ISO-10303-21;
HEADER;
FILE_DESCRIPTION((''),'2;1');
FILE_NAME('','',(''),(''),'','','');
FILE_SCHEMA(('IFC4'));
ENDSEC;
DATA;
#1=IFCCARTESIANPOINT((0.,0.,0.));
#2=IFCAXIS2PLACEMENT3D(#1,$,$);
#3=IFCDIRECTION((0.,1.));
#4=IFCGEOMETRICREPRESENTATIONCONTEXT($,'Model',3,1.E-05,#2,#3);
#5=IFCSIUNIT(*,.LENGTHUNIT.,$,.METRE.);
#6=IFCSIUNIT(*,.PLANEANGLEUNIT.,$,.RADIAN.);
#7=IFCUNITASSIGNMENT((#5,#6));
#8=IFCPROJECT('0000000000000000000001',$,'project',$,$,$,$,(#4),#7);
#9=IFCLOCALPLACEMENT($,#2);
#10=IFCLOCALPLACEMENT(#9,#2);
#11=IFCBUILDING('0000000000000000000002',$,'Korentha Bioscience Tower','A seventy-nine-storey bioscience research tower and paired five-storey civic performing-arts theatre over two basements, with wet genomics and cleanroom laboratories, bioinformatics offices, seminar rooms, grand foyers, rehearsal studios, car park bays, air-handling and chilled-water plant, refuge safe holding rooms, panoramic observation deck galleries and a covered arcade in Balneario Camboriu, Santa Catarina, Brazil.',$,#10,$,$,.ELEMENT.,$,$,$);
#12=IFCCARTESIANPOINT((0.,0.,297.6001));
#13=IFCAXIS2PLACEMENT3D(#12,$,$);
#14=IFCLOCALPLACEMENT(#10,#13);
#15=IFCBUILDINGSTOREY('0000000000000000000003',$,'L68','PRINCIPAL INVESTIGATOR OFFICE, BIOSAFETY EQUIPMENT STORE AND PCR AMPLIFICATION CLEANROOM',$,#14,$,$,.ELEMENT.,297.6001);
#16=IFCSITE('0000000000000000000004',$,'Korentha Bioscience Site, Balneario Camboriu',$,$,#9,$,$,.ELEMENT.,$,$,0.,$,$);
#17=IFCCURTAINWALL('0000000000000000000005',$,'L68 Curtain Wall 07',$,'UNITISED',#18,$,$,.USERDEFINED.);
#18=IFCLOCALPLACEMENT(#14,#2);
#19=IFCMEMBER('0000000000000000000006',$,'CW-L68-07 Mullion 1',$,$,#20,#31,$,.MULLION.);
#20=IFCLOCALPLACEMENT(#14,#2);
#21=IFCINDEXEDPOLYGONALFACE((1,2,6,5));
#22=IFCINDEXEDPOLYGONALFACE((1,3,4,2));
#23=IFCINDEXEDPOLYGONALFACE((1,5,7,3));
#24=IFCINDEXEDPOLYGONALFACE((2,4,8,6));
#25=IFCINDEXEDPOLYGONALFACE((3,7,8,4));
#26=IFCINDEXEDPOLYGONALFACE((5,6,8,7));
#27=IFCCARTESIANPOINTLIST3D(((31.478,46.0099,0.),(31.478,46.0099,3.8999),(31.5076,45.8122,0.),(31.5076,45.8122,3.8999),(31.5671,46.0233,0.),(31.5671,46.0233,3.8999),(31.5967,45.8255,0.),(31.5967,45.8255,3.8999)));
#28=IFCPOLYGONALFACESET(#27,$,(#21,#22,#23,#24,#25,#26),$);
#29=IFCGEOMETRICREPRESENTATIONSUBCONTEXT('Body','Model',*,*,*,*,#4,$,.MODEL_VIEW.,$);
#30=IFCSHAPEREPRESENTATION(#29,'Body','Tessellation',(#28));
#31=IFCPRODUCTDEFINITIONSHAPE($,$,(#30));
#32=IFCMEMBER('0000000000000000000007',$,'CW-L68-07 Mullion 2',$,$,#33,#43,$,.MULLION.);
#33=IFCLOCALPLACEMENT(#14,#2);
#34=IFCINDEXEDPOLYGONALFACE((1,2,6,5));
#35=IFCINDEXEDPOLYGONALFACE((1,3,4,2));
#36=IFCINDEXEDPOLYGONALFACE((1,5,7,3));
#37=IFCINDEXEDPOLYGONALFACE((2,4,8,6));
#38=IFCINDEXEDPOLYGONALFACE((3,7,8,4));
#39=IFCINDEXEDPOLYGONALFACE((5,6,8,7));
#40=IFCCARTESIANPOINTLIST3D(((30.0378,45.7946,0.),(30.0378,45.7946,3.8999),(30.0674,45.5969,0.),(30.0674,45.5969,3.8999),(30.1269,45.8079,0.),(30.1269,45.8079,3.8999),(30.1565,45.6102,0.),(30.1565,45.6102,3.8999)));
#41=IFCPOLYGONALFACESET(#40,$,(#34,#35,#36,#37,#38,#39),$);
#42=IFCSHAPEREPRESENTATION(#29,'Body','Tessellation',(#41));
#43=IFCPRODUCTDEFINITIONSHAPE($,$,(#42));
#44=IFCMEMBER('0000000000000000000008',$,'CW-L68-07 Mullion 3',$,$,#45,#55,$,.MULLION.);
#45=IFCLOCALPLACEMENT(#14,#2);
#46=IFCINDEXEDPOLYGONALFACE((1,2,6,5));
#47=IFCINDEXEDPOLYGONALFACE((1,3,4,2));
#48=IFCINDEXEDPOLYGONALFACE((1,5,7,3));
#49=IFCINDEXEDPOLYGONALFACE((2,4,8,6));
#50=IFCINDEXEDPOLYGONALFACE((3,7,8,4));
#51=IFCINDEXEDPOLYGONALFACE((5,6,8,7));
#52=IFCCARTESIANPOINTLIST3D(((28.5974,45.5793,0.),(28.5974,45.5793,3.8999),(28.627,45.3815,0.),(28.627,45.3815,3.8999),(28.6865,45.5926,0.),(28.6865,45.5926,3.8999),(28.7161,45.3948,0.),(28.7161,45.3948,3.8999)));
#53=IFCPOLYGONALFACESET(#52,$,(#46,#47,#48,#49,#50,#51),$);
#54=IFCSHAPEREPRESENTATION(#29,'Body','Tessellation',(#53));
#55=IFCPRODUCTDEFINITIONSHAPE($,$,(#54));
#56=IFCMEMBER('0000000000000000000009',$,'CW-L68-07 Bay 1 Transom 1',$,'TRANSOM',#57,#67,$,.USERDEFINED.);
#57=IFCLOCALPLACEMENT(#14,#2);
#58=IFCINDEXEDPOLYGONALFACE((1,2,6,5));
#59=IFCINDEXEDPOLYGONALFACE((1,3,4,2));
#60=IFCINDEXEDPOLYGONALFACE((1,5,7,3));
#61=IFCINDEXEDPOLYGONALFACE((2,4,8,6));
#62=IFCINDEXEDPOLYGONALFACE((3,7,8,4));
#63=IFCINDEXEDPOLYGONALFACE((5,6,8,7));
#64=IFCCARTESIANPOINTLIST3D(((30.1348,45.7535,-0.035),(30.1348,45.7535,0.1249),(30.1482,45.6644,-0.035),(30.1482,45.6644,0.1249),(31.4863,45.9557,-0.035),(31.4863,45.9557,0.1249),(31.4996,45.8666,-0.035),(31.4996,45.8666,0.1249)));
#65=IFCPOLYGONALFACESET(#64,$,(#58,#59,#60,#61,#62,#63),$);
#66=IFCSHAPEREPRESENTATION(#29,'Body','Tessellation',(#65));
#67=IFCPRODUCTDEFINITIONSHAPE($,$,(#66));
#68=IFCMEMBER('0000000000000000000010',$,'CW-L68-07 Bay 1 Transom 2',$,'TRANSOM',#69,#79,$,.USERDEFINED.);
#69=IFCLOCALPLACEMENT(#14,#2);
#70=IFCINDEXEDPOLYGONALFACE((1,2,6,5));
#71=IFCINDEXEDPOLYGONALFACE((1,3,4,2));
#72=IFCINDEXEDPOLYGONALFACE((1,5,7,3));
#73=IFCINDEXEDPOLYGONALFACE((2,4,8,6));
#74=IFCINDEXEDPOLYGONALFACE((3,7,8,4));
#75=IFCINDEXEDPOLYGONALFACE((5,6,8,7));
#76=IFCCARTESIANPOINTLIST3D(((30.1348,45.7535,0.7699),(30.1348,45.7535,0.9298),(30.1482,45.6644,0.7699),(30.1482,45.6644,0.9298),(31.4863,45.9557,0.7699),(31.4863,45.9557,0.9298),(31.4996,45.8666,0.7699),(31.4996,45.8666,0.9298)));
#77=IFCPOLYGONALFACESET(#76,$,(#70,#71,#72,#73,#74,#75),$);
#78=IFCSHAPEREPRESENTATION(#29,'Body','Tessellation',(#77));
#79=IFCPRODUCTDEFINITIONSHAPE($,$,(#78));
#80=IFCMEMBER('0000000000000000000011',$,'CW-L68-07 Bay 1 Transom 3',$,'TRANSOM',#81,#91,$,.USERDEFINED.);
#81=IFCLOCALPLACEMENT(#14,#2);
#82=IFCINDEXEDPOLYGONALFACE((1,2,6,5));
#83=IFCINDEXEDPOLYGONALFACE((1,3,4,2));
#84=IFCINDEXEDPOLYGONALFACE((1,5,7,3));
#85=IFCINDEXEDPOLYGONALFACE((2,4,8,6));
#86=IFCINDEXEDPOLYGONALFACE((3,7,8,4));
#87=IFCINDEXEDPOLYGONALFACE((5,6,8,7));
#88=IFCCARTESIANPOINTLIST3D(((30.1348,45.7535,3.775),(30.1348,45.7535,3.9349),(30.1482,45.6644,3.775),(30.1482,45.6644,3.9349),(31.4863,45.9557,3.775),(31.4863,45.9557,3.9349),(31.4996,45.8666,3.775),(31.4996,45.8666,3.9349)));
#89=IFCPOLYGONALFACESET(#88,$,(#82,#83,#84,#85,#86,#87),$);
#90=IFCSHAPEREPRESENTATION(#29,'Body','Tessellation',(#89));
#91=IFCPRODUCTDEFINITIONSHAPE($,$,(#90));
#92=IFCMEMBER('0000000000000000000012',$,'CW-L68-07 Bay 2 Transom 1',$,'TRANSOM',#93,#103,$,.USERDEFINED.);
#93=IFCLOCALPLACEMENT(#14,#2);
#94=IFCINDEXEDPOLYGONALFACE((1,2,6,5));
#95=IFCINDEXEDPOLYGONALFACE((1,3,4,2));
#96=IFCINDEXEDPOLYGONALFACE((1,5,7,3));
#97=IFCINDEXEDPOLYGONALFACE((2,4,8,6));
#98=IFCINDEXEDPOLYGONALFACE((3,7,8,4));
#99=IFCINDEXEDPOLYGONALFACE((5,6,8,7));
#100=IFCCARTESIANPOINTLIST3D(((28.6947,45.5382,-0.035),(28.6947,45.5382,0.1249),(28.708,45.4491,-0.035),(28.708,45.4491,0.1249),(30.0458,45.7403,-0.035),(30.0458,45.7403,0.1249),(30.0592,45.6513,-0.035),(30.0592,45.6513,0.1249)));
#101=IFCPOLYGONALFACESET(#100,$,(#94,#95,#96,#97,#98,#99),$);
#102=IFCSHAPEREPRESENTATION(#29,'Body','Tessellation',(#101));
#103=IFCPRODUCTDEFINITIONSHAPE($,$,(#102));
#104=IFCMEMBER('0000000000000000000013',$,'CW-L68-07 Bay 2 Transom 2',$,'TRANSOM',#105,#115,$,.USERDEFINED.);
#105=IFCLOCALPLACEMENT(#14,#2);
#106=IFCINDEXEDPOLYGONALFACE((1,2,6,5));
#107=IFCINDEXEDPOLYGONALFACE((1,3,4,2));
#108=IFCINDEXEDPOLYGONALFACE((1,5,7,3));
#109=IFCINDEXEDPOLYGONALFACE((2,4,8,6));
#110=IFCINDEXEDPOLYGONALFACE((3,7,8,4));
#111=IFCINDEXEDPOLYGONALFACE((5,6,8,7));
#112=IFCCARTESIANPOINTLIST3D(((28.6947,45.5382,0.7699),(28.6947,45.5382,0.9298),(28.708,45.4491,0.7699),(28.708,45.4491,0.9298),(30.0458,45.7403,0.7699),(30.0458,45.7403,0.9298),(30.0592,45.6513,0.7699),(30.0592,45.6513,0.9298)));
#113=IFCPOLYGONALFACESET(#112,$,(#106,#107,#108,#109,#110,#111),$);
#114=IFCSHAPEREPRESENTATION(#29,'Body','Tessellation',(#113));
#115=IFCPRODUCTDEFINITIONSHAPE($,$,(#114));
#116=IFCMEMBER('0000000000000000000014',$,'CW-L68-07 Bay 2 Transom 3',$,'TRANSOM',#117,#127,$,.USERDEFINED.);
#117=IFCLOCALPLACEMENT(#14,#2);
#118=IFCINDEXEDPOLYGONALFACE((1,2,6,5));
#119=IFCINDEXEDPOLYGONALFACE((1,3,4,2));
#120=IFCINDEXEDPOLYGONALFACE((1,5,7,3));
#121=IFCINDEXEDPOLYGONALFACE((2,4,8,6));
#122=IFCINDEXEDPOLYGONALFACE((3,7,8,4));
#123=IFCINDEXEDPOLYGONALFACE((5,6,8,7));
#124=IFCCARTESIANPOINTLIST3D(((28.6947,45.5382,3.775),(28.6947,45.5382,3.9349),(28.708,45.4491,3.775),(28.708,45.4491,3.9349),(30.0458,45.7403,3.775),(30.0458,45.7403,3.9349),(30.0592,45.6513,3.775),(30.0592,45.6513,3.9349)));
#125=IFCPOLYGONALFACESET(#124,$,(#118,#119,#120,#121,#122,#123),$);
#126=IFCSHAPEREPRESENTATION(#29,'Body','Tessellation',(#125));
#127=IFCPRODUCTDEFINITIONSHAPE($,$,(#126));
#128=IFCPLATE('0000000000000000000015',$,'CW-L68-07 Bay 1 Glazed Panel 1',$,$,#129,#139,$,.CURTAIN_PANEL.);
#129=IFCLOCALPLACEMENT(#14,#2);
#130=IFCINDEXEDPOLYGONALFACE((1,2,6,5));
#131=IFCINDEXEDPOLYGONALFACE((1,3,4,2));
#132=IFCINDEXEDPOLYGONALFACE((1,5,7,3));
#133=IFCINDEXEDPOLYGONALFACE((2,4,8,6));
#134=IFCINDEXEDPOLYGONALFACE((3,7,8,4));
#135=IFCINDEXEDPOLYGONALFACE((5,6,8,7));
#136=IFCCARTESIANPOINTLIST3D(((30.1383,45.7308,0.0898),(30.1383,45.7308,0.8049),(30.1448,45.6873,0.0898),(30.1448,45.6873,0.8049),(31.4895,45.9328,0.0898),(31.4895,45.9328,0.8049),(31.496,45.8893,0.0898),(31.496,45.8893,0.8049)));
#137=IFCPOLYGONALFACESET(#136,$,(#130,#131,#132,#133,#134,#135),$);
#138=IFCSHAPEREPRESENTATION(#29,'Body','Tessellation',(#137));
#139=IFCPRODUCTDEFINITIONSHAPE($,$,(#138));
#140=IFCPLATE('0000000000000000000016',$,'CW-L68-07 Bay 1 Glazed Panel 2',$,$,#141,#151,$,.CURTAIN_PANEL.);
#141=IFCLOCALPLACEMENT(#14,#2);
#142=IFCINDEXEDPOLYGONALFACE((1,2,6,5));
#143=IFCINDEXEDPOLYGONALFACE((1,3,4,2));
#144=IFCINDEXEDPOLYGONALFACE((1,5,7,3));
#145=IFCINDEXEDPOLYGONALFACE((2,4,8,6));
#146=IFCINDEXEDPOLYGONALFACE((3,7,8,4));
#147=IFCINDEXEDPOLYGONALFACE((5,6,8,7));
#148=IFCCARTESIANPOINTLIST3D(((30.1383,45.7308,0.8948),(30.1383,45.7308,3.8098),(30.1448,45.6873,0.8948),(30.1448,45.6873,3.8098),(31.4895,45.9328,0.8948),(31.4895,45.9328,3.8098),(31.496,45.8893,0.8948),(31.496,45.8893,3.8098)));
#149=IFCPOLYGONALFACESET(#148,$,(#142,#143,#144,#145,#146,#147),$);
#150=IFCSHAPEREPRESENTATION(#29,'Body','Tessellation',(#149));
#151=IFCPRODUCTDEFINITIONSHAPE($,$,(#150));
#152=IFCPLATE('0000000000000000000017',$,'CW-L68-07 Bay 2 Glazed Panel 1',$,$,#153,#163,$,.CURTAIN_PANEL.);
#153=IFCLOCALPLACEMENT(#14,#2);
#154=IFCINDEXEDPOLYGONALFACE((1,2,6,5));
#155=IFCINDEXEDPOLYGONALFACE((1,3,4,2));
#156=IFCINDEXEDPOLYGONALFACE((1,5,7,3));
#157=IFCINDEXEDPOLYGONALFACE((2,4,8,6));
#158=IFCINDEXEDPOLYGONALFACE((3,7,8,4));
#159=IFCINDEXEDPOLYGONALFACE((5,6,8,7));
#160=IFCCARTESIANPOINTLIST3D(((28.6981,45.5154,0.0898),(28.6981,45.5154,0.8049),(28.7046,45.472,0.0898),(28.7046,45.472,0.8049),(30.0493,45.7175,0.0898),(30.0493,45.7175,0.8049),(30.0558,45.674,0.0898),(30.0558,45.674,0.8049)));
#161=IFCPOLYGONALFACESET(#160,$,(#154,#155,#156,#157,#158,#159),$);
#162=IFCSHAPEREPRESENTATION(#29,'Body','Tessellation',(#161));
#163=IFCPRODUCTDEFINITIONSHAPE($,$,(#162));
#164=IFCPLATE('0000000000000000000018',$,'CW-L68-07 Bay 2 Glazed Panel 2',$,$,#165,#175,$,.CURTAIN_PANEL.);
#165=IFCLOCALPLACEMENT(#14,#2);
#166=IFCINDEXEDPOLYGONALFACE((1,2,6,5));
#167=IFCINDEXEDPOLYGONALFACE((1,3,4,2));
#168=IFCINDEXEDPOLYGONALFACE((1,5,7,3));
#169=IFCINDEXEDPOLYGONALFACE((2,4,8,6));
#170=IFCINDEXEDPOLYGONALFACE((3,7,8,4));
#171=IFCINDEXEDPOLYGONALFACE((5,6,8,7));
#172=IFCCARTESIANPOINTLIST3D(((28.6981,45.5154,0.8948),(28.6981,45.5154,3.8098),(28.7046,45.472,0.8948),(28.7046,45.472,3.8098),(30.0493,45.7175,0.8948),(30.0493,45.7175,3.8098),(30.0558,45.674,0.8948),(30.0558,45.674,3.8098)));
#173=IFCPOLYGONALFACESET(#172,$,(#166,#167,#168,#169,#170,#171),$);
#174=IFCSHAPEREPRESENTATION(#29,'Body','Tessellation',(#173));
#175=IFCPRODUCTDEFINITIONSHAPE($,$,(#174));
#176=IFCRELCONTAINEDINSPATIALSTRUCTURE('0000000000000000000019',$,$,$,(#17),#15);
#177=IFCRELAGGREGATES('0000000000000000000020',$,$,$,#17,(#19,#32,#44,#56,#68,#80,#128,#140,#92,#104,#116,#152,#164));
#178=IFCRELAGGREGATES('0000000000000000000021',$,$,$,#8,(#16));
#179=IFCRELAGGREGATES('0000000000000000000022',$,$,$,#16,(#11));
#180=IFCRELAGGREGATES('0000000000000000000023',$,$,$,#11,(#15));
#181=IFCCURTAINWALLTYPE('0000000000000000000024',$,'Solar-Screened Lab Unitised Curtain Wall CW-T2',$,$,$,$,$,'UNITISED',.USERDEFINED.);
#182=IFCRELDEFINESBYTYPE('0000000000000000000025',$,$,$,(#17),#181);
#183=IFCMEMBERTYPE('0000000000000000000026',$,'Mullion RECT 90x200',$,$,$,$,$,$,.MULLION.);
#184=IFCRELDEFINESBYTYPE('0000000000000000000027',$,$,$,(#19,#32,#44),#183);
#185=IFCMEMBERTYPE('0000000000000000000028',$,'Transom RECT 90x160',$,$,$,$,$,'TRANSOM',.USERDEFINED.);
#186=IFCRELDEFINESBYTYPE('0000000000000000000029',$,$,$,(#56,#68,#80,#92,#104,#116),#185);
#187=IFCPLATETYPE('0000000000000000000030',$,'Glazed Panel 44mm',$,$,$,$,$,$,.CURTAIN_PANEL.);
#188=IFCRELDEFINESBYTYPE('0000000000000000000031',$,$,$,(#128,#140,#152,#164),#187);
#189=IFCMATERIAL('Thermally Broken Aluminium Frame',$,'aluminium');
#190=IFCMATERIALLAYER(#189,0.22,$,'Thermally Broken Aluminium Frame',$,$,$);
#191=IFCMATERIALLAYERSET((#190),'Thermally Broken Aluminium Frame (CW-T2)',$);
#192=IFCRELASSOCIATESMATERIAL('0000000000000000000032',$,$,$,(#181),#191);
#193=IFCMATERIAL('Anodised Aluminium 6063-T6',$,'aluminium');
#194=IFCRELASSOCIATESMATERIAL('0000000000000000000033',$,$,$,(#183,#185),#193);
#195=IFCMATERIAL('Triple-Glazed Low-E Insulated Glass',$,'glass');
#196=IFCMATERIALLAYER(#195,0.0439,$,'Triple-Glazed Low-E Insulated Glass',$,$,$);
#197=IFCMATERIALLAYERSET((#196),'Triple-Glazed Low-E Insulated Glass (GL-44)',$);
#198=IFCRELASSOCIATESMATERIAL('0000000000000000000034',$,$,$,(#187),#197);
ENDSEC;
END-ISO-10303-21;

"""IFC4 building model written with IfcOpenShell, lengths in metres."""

from ifc_helpers import new_model, si_unit, direction, frame, origin, origin_2d, place, context, subcontext, project, spatial, rectangle, extrude, material, layer, layer_set, material_profile, profile_set, type_object, element, aggregate, save


model = new_model("IFC4")

# Units and contexts
model_context = context("Model", 3, precision=1e-05, world=origin(), true_north=direction((0.0, 1.0)))
body_context = subcontext(model_context, "Body", "Model", "MODEL_VIEW")
ifc_project = project(units=[si_unit("LENGTHUNIT", "METRE"), si_unit("PLANEANGLEUNIT", "RADIAN")], contexts=[model_context])

# Site, building, storey
site_placement = place(None, origin())
site = spatial("IfcSite", under=ifc_project, at=site_placement, Name="Korentha Bioscience Site, Balneario Camboriu", CompositionType="ELEMENT", RefElevation=0.0)
building_placement = place(site_placement, origin())
building = spatial("IfcBuilding", under=site, at=building_placement, Name="Korentha Bioscience Tower", Description="A seventy-nine-storey bioscience research tower and paired five-storey civic performing-arts theatre over two basements, with wet genomics and cleanroom laboratories, bioinformatics offices, seminar rooms, grand foyers, rehearsal studios, car park bays, air-handling and chilled-water plant, refuge safe holding rooms, panoramic observation deck galleries and a covered arcade in Balneario Camboriu, Santa Catarina, Brazil.", CompositionType="ELEMENT")
storey_placement = place(building_placement, frame((0.0, 0.0, 297.6001)))
storey = spatial("IfcBuildingStorey", under=building, at=storey_placement, Name="L68", Description="PRINCIPAL INVESTIGATOR OFFICE, BIOSAFETY EQUIPMENT STORE AND PCR AMPLIFICATION CLEANROOM", CompositionType="ELEMENT", Elevation=297.6001)

# Curtain wall, members, plates
ifc_material_1 = material(Name="Thermally Broken Aluminium Frame", Category="aluminium")
ifc_layer_1 = layer(ifc_material_1, 0.22, Name="Thermally Broken Aluminium Frame")
ifc_layer_set_1 = layer_set([ifc_layer_1], Name="Thermally Broken Aluminium Frame (CW-T2)")
curtain_wall_type = type_object("IfcCurtainWallType", Name="Solar-Screened Lab Unitised Curtain Wall CW-T2", ElementType="UNITISED", PredefinedType="USERDEFINED", material=ifc_layer_set_1)
curtain_wall_placement = place(storey_placement, origin())
curtain_wall = element("IfcCurtainWall", 1, at=curtain_wall_placement, inside=storey, type_object=curtain_wall_type, Name="L68 Curtain Wall 07", ObjectType="UNITISED", PredefinedType="USERDEFINED")
ifc_material_2 = material(Name="Anodised Aluminium 6063-T6", Category="aluminium")
ifc_material_profile_1 = material_profile(ifc_material_2, rectangle(XDim=0.0901, YDim=0.2, at=origin_2d()), Name="Anodised Aluminium 6063-T6")
ifc_profile_set_1 = profile_set([ifc_material_profile_1], Name="Anodised Aluminium 6063-T6 (CW-MUL)")
member_type_1 = type_object("IfcMemberType", Name="Mullion RECT 90x200", PredefinedType="MULLION", material=ifc_profile_set_1)
member_1_placement = place(storey_placement, frame((31.5374, 45.9177, 0.0), z_axis=(0.0, 0.0, 1.0), x_axis=(-0.989007, -0.147871, 0.0)))
member_1 = element("IfcMember", 2, at=member_1_placement, type_object=member_type_1, Name="CW-L68-07 Mullion 1", PredefinedType="MULLION", context=body_context, shape_type="SweptSolid", body=[
    extrude(rectangle(XDim=0.0901, YDim=0.2, at=origin_2d()), origin(), (0.0, 0.0, 1.0), 3.8999),
])
member_2_placement = place(storey_placement, frame((30.0972, 45.7024, 0.0), z_axis=(0.0, 0.0, 1.0), x_axis=(-0.989007, -0.147871, 0.0)))
member_2 = element("IfcMember", 3, at=member_2_placement, type_object=member_type_1, Name="CW-L68-07 Mullion 2", PredefinedType="MULLION", context=body_context, shape_type="SweptSolid", body=[
    extrude(rectangle(XDim=0.0901, YDim=0.2, at=origin_2d()), origin(), (0.0, 0.0, 1.0), 3.8999),
])
member_3_placement = place(storey_placement, frame((28.6567, 45.4871, 0.0), z_axis=(0.0, 0.0, 1.0), x_axis=(-0.989007, -0.147871, 0.0)))
member_3 = element("IfcMember", 4, at=member_3_placement, type_object=member_type_1, Name="CW-L68-07 Mullion 3", PredefinedType="MULLION", context=body_context, shape_type="SweptSolid", body=[
    extrude(rectangle(XDim=0.0901, YDim=0.2, at=origin_2d()), origin(), (0.0, 0.0, 1.0), 3.8999),
])
ifc_material_profile_2 = material_profile(ifc_material_2, rectangle(XDim=0.0901, YDim=0.1599, at=origin_2d()), Name="Anodised Aluminium 6063-T6")
ifc_profile_set_2 = profile_set([ifc_material_profile_2], Name="Anodised Aluminium 6063-T6 (CW-TRN)")
member_type_2 = type_object("IfcMemberType", Name="Transom RECT 90x160", ElementType="TRANSOM", PredefinedType="USERDEFINED", material=ifc_profile_set_2)
member_4_placement = place(storey_placement, frame((31.4929, 45.9111, 0.0449), z_axis=(-0.988995, -0.147947, 0.0), x_axis=(0.147947, -0.988995, 0.0)))
member_4 = element("IfcMember", 5, at=member_4_placement, type_object=member_type_2, Name="CW-L68-07 Bay 1 Transom 1", ObjectType="TRANSOM", PredefinedType="USERDEFINED", context=body_context, shape_type="SweptSolid", body=[
    extrude(rectangle(XDim=0.0901, YDim=0.1599, at=origin_2d()), origin(), (0.0, 0.0, 1.0), 1.3665),
])
member_5_placement = place(storey_placement, frame((31.4929, 45.9111, 0.8499), z_axis=(-0.988995, -0.147947, 0.0), x_axis=(0.147947, -0.988995, 0.0)))
member_5 = element("IfcMember", 6, at=member_5_placement, type_object=member_type_2, Name="CW-L68-07 Bay 1 Transom 2", ObjectType="TRANSOM", PredefinedType="USERDEFINED", context=body_context, shape_type="SweptSolid", body=[
    extrude(rectangle(XDim=0.0901, YDim=0.1599, at=origin_2d()), origin(), (0.0, 0.0, 1.0), 1.3665),
])
member_6_placement = place(storey_placement, frame((31.4929, 45.9111, 3.855), z_axis=(-0.988995, -0.147947, 0.0), x_axis=(0.147947, -0.988995, 0.0)))
member_6 = element("IfcMember", 7, at=member_6_placement, type_object=member_type_2, Name="CW-L68-07 Bay 1 Transom 3", ObjectType="TRANSOM", PredefinedType="USERDEFINED", context=body_context, shape_type="SweptSolid", body=[
    extrude(rectangle(XDim=0.0901, YDim=0.1599, at=origin_2d()), origin(), (0.0, 0.0, 1.0), 1.3665),
])
member_7_placement = place(storey_placement, frame((30.0525, 45.6958, 0.0449), z_axis=(-0.988991, -0.147973, 0.0), x_axis=(0.147973, -0.988991, 0.0)))
member_7 = element("IfcMember", 8, at=member_7_placement, type_object=member_type_2, Name="CW-L68-07 Bay 2 Transom 1", ObjectType="TRANSOM", PredefinedType="USERDEFINED", context=body_context, shape_type="SweptSolid", body=[
    extrude(rectangle(XDim=0.0901, YDim=0.1599, at=origin_2d()), origin(), (0.0, 0.0, 1.0), 1.3662),
])
member_8_placement = place(storey_placement, frame((30.0525, 45.6958, 0.8499), z_axis=(-0.988991, -0.147973, 0.0), x_axis=(0.147973, -0.988991, 0.0)))
member_8 = element("IfcMember", 9, at=member_8_placement, type_object=member_type_2, Name="CW-L68-07 Bay 2 Transom 2", ObjectType="TRANSOM", PredefinedType="USERDEFINED", context=body_context, shape_type="SweptSolid", body=[
    extrude(rectangle(XDim=0.0901, YDim=0.1599, at=origin_2d()), origin(), (0.0, 0.0, 1.0), 1.3662),
])
member_9_placement = place(storey_placement, frame((30.0525, 45.6958, 3.855), z_axis=(-0.988991, -0.147973, 0.0), x_axis=(0.147973, -0.988991, 0.0)))
member_9 = element("IfcMember", 10, at=member_9_placement, type_object=member_type_2, Name="CW-L68-07 Bay 2 Transom 3", ObjectType="TRANSOM", PredefinedType="USERDEFINED", context=body_context, shape_type="SweptSolid", body=[
    extrude(rectangle(XDim=0.0901, YDim=0.1599, at=origin_2d()), origin(), (0.0, 0.0, 1.0), 1.3662),
])
ifc_material_3 = material(Name="Triple-Glazed Low-E Insulated Glass", Category="glass")
ifc_layer_2 = layer(ifc_material_3, 0.0439, Name="Triple-Glazed Low-E Insulated Glass")
ifc_layer_set_2 = layer_set([ifc_layer_2], Name="Triple-Glazed Low-E Insulated Glass (GL-44)")
plate_type = type_object("IfcPlateType", Name="Glazed Panel 44mm", PredefinedType="CURTAIN_PANEL", material=ifc_layer_set_2)
plate_1_placement = place(storey_placement, frame((30.8171, 45.8101, 0.0898), z_axis=(0.0, 0.0, 1.0), x_axis=(-0.989007, -0.147871, 0.0)))
plate_1 = element("IfcPlate", 11, at=plate_1_placement, type_object=plate_type, Name="CW-L68-07 Bay 1 Glazed Panel 1", PredefinedType="CURTAIN_PANEL", context=body_context, shape_type="SweptSolid", body=[
    extrude(rectangle(XDim=1.3662, YDim=0.0439, at=origin_2d()), origin(), (0.0, 0.0, 1.0), 0.7151),
])
plate_2_placement = place(storey_placement, frame((30.8171, 45.8101, 0.8948), z_axis=(0.0, 0.0, 1.0), x_axis=(-0.989007, -0.147871, 0.0)))
plate_2 = element("IfcPlate", 12, at=plate_2_placement, type_object=plate_type, Name="CW-L68-07 Bay 1 Glazed Panel 2", PredefinedType="CURTAIN_PANEL", context=body_context, shape_type="SweptSolid", body=[
    extrude(rectangle(XDim=1.3662, YDim=0.0439, at=origin_2d()), origin(), (0.0, 0.0, 1.0), 2.915),
])
plate_3_placement = place(storey_placement, frame((29.377, 45.5947, 0.0898), z_axis=(0.0, 0.0, 1.0), x_axis=(-0.989007, -0.147871, 0.0)))
plate_3 = element("IfcPlate", 13, at=plate_3_placement, type_object=plate_type, Name="CW-L68-07 Bay 2 Glazed Panel 1", PredefinedType="CURTAIN_PANEL", context=body_context, shape_type="SweptSolid", body=[
    extrude(rectangle(XDim=1.3662, YDim=0.0439, at=origin_2d()), origin(), (0.0, 0.0, 1.0), 0.7151),
])
plate_4_placement = place(storey_placement, frame((29.377, 45.5947, 0.8948), z_axis=(0.0, 0.0, 1.0), x_axis=(-0.989007, -0.147871, 0.0)))
plate_4 = element("IfcPlate", 14, at=plate_4_placement, type_object=plate_type, Name="CW-L68-07 Bay 2 Glazed Panel 2", PredefinedType="CURTAIN_PANEL", context=body_context, shape_type="SweptSolid", body=[
    extrude(rectangle(XDim=1.3662, YDim=0.0439, at=origin_2d()), origin(), (0.0, 0.0, 1.0), 2.915),
])
aggregate(curtain_wall, [member_1, member_2, member_3, member_4, member_5, member_6, plate_1, plate_2, member_7, member_8, member_9, plate_3, plate_4])

save(model, "model.ifc")
